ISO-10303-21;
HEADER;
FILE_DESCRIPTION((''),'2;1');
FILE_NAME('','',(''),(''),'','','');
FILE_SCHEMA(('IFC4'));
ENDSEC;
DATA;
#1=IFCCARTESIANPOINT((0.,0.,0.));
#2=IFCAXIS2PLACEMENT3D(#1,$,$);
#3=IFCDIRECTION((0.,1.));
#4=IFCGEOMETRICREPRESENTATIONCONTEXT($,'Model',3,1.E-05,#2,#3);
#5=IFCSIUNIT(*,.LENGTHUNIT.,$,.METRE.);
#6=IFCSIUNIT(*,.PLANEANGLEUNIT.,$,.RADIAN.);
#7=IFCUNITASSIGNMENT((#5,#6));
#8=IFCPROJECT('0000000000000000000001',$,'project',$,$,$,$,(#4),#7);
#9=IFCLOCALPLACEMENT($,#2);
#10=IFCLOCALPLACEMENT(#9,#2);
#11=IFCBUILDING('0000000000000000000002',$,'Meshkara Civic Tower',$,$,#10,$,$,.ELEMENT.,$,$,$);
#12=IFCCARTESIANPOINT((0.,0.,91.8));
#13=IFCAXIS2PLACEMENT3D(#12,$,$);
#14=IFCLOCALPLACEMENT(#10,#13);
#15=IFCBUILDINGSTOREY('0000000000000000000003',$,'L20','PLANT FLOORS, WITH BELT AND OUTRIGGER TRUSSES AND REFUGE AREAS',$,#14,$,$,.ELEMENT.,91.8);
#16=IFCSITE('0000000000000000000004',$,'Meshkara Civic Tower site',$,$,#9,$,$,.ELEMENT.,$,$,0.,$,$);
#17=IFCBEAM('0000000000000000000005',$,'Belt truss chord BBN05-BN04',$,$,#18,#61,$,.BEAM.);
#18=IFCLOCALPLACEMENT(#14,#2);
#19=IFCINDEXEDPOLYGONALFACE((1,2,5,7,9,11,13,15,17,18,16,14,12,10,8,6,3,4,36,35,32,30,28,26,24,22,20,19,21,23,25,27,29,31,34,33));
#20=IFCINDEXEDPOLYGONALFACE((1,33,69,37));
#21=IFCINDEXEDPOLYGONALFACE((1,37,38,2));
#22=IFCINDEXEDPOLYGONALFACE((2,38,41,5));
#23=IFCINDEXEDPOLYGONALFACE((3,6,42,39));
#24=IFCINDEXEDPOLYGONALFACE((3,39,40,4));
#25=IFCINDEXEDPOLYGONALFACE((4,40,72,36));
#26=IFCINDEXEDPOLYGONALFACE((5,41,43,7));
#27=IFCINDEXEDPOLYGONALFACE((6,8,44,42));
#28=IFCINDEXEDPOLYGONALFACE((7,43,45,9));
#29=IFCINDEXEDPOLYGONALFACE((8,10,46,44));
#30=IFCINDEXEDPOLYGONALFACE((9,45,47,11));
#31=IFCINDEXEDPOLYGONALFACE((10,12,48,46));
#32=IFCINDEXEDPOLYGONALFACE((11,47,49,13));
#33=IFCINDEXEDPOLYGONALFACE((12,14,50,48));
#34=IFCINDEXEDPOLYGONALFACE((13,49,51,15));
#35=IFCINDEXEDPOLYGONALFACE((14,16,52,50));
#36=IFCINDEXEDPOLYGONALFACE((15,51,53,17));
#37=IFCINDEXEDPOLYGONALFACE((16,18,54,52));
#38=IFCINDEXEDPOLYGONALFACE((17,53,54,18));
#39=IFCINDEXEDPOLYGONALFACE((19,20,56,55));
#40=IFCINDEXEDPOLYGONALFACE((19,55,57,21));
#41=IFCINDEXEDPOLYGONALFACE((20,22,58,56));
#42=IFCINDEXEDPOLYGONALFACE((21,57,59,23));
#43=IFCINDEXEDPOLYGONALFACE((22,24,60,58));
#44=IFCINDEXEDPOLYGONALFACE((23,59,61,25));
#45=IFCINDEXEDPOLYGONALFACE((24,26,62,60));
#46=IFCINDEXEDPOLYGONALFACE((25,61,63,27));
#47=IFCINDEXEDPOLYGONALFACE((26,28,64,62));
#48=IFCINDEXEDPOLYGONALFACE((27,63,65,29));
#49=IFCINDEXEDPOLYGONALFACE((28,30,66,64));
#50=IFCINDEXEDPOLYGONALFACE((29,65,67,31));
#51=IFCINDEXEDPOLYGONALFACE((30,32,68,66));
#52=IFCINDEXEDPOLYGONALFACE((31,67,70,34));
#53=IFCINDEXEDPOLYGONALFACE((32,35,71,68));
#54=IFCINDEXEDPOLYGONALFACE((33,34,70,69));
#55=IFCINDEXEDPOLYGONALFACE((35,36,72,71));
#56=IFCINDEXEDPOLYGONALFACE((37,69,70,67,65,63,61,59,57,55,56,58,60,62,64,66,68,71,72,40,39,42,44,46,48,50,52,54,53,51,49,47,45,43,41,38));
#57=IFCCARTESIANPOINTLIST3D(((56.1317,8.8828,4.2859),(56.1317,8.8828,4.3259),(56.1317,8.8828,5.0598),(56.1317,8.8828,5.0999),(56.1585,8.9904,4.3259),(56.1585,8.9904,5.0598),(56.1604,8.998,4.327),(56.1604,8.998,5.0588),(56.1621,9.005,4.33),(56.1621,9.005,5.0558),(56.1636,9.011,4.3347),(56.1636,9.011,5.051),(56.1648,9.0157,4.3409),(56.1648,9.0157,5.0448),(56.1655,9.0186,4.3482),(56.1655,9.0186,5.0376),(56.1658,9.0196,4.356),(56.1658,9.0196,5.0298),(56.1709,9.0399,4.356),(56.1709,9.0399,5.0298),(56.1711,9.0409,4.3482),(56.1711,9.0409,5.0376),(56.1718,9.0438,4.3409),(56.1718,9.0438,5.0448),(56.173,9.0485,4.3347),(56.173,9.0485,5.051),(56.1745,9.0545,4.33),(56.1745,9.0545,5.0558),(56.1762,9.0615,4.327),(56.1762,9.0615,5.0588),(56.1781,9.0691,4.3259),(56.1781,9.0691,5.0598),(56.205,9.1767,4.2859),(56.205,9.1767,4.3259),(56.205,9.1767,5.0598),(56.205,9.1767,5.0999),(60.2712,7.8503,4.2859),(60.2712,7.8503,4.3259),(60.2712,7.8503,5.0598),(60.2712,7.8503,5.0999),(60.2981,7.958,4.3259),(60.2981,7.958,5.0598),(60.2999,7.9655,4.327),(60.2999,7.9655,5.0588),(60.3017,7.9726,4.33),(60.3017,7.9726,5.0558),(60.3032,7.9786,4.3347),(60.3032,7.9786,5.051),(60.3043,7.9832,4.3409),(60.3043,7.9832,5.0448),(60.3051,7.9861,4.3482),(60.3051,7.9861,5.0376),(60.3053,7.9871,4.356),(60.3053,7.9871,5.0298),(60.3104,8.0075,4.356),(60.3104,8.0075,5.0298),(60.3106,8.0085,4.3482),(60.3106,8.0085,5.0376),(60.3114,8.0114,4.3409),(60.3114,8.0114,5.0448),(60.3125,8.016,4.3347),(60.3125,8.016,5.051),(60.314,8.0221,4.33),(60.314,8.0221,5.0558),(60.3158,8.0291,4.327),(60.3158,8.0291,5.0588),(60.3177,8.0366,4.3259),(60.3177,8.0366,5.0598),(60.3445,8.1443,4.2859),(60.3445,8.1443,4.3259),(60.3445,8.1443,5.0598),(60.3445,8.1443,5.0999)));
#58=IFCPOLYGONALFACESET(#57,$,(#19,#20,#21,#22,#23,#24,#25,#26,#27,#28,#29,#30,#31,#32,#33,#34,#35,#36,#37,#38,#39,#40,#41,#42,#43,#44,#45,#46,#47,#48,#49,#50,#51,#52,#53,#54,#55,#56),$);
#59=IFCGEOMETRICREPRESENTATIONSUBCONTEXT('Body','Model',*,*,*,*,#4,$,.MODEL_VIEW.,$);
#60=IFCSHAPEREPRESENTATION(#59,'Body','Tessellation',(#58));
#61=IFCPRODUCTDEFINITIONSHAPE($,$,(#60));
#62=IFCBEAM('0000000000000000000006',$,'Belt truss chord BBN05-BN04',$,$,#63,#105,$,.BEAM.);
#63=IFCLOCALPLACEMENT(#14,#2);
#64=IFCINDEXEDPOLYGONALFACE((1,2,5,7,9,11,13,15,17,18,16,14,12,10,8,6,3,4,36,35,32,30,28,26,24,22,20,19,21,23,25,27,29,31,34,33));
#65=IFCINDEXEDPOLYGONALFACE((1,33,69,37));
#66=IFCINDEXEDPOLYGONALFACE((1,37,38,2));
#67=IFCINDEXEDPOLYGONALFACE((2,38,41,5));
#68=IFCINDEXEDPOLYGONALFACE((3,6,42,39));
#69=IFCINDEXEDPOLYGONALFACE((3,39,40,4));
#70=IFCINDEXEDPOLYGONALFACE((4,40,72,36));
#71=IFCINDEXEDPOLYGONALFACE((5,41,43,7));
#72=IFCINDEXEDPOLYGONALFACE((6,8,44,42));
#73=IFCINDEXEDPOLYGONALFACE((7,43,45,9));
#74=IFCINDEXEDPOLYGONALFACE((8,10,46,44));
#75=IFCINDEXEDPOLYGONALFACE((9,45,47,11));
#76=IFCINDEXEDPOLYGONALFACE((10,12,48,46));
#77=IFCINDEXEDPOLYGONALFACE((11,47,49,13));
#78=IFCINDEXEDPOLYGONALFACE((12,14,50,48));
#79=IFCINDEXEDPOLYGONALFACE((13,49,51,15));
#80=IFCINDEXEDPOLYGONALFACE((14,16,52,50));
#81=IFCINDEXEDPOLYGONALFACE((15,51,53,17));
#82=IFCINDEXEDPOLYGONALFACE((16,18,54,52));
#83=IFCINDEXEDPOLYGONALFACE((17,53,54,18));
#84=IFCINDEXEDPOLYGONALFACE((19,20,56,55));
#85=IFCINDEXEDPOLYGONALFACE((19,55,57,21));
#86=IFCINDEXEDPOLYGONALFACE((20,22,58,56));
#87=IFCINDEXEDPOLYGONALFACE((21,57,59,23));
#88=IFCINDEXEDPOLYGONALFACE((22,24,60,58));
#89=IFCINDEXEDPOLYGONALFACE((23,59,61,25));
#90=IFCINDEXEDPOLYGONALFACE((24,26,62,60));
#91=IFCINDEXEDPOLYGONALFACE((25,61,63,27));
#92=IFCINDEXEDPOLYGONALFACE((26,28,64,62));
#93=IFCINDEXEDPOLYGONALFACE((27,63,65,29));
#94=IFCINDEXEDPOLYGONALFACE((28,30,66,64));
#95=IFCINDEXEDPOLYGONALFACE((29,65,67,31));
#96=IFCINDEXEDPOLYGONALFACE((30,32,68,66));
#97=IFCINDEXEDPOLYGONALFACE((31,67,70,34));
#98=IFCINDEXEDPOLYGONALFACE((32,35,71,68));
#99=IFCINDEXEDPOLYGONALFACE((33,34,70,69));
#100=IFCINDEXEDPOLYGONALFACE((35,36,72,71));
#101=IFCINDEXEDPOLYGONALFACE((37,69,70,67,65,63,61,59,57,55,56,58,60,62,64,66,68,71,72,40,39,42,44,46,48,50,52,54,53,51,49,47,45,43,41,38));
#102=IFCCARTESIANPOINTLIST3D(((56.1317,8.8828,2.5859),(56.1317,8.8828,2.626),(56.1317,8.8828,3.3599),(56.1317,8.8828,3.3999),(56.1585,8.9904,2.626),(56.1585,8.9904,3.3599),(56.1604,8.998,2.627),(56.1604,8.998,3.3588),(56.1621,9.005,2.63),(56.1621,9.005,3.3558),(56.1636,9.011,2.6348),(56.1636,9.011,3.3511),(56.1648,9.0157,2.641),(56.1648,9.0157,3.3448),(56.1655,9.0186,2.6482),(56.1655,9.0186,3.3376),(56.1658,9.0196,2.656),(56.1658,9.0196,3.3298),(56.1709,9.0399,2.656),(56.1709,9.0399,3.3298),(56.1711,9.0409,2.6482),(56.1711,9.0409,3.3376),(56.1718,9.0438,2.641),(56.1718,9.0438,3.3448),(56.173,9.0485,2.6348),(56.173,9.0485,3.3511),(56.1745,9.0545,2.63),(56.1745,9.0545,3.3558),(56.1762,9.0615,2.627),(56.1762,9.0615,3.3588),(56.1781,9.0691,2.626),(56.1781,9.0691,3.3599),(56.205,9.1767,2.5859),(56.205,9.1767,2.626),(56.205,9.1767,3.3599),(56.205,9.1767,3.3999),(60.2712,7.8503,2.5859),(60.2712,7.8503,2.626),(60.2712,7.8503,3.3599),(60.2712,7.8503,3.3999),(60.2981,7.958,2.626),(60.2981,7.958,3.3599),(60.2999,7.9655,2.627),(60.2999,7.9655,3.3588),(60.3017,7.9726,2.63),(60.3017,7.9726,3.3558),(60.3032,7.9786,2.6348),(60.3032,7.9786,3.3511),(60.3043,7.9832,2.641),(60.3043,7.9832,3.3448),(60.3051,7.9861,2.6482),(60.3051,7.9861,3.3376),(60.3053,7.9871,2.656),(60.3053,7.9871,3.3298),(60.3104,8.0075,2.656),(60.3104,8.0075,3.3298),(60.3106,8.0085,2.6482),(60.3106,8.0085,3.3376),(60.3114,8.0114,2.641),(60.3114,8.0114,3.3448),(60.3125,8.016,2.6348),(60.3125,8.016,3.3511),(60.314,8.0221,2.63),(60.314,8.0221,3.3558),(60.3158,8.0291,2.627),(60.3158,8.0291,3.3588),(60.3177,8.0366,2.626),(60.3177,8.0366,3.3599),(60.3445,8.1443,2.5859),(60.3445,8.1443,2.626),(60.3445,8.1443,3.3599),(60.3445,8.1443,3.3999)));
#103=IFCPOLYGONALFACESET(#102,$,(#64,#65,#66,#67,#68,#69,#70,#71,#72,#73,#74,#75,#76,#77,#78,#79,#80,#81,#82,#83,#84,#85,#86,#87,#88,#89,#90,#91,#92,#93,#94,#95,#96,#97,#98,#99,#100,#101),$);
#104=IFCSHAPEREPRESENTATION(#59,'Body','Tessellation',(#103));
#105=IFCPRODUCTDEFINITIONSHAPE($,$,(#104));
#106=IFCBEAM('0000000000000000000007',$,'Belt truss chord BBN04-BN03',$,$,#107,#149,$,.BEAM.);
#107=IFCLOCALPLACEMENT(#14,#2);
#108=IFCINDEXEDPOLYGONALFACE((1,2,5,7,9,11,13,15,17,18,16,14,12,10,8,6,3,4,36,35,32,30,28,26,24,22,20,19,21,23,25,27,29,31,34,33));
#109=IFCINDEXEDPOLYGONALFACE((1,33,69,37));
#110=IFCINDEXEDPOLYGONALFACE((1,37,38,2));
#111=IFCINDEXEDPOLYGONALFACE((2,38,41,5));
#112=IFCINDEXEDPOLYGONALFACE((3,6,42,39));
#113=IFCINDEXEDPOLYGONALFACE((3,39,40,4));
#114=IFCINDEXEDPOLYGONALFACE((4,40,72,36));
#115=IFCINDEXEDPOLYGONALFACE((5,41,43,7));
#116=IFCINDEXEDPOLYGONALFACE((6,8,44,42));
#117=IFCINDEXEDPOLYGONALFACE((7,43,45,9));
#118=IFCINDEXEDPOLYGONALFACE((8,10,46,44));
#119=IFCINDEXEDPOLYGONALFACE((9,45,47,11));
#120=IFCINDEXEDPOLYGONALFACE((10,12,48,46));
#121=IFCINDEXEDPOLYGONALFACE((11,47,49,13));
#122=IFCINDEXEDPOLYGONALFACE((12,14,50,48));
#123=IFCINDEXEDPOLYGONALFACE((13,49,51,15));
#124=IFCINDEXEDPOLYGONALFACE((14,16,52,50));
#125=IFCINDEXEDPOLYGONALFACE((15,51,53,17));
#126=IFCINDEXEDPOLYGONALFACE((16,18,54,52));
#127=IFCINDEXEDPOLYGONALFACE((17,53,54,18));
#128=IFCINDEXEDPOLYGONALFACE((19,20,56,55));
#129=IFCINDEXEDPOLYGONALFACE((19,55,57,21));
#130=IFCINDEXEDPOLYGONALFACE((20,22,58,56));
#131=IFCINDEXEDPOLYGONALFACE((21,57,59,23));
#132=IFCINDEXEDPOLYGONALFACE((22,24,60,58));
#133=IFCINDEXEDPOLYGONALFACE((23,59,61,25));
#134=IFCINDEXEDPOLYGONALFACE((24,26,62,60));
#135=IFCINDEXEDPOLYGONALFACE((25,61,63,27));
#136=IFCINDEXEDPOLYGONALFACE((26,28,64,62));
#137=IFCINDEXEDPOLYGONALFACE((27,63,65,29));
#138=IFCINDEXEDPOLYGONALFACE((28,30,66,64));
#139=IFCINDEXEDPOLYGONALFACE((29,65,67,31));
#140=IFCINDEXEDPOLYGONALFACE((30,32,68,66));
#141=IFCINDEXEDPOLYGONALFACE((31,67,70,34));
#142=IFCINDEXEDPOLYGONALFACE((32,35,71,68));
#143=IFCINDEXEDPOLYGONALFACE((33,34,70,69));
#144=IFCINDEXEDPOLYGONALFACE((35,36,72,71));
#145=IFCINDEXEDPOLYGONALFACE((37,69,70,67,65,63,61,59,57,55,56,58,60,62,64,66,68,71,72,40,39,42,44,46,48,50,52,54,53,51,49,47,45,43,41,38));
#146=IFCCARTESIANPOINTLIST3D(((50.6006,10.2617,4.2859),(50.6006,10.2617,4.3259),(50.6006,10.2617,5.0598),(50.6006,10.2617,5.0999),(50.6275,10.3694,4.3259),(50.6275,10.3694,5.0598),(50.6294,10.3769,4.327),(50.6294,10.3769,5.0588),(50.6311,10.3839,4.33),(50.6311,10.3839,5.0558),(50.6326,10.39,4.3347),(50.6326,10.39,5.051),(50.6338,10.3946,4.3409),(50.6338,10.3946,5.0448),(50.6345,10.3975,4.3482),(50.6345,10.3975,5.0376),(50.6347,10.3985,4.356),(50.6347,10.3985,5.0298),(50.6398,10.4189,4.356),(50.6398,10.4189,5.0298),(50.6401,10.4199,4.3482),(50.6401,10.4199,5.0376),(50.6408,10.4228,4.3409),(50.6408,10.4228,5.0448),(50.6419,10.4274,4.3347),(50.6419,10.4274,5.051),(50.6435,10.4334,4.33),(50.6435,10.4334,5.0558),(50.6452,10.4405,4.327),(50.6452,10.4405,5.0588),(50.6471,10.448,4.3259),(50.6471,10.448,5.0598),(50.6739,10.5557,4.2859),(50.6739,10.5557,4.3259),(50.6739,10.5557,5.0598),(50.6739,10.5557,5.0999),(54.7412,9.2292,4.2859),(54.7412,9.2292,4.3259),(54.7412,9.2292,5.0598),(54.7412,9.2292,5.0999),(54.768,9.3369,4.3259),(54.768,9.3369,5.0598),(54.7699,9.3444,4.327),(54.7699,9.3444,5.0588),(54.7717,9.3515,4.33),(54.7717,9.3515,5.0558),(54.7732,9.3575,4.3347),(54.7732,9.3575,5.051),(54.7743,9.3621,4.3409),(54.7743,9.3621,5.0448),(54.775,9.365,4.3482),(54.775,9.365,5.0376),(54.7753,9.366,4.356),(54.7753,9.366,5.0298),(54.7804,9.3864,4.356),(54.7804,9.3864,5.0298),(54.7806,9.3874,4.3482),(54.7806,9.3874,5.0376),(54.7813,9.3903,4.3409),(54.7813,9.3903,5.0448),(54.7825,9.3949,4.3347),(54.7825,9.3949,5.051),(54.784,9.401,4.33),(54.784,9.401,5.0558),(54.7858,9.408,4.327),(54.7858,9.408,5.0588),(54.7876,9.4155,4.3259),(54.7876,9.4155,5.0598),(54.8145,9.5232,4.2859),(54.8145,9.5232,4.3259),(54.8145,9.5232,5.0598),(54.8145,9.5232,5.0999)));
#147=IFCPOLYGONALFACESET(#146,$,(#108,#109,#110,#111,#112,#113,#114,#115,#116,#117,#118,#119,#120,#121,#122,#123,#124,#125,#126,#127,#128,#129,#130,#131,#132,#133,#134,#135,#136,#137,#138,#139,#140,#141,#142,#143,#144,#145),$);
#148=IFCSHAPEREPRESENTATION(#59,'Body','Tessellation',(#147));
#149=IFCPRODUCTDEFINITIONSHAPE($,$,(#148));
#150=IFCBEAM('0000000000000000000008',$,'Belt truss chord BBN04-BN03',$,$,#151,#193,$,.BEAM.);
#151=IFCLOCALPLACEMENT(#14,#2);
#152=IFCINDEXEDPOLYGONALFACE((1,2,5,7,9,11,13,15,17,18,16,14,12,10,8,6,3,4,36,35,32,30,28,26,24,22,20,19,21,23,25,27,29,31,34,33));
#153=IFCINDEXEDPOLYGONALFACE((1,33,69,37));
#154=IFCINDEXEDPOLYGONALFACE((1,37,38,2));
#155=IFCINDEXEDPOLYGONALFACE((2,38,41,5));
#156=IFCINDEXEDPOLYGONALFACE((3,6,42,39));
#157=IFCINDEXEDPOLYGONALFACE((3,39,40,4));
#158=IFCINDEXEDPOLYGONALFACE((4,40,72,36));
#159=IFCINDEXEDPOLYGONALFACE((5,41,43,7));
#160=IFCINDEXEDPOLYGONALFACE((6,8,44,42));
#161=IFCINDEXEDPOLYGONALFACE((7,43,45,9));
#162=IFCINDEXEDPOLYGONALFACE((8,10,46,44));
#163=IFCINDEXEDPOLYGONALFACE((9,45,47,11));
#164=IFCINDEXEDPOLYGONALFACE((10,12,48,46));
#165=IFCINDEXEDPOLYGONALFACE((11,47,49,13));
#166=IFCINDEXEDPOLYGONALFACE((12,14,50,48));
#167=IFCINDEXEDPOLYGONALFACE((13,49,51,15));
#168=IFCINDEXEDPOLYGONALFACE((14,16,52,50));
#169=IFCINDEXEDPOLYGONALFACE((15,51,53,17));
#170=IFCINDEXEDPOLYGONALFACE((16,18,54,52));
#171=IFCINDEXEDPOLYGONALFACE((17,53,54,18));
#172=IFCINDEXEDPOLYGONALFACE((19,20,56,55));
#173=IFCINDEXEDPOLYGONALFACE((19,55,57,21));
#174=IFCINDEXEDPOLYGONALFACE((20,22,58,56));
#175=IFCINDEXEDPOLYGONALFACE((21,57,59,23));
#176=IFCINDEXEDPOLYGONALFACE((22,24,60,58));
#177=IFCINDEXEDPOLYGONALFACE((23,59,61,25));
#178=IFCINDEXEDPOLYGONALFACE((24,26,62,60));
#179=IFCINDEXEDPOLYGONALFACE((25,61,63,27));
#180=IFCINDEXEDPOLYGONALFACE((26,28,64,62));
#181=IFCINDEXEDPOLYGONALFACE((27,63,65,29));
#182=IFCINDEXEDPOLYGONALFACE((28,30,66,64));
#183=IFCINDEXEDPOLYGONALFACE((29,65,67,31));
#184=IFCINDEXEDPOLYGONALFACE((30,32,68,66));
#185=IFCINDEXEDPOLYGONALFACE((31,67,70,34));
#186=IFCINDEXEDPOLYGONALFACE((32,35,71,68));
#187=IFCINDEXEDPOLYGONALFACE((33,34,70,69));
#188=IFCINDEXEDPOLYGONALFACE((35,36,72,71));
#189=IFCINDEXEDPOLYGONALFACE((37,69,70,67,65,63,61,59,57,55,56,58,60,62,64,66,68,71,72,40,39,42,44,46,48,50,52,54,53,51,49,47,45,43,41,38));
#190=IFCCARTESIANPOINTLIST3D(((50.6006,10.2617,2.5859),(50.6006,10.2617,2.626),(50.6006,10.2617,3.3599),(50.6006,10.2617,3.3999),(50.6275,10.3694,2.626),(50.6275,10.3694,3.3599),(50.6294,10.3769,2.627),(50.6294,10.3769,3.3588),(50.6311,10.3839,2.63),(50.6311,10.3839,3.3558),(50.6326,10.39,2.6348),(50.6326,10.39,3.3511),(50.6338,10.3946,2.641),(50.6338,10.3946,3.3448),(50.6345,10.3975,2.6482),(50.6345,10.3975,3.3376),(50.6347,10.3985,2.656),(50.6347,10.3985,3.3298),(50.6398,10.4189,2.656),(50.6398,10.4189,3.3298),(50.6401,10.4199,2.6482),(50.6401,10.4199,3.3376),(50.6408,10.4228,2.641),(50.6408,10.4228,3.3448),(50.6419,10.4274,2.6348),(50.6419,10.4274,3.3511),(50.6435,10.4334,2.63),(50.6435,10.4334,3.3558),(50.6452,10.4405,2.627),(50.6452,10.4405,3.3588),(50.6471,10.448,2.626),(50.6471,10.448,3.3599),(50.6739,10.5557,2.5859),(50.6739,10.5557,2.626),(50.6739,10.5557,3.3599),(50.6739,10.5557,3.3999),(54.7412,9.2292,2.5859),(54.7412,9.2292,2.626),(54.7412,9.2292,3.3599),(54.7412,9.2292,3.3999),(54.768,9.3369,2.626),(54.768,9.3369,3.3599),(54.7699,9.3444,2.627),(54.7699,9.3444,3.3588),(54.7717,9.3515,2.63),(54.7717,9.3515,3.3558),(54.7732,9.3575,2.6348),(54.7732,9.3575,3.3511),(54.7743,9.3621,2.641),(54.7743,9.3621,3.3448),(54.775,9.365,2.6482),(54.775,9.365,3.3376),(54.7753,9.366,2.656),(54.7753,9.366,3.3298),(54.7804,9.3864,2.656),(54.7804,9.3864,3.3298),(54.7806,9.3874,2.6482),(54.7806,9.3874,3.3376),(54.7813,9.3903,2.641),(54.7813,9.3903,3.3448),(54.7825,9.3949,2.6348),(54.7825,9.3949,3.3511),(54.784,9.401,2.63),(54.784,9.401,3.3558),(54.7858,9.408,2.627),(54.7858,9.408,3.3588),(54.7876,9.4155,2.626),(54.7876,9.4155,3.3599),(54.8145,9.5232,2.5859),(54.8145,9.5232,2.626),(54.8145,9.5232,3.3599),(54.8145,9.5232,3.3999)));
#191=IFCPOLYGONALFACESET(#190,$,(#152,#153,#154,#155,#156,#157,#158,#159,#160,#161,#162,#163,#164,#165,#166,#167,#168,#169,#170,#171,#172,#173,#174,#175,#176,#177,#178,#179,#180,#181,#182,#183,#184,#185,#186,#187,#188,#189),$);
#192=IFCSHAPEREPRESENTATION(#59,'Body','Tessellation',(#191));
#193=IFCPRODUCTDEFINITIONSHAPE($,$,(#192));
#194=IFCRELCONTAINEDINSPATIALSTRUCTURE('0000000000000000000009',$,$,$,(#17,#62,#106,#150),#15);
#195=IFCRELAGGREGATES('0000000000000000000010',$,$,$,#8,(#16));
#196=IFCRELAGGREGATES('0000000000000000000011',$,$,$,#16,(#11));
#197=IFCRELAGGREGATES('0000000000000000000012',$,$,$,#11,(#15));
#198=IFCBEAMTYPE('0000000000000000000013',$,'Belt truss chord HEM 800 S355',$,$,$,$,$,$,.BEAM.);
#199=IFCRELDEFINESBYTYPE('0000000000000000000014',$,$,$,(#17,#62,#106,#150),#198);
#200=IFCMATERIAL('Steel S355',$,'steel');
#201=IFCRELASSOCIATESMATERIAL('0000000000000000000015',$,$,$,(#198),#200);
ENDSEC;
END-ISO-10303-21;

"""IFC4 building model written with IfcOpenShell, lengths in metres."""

from ifc_helpers import new_model, si_unit, direction, frame, origin, origin_2d, place, context, subcontext, project, spatial, i_section, extrude, material, material_profile, profile_set, type_object, element, save


model = new_model("IFC4")

# Units and contexts
model_context = context("Model", 3, precision=1e-05, world=origin(), true_north=direction((0.0, 1.0)))
body_context = subcontext(model_context, "Body", "Model", "MODEL_VIEW")
ifc_project = project(units=[si_unit("LENGTHUNIT", "METRE"), si_unit("PLANEANGLEUNIT", "RADIAN")], contexts=[model_context])

# Site, building, storey
site_placement = place(None, origin())
site = spatial("IfcSite", under=ifc_project, at=site_placement, Name="Meshkara Civic Tower site", CompositionType="ELEMENT", RefElevation=0.0)
building_placement = place(site_placement, origin())
building = spatial("IfcBuilding", under=site, at=building_placement, Name="Meshkara Civic Tower", CompositionType="ELEMENT")
storey_placement = place(building_placement, frame((0.0, 0.0, 91.8)))
storey = spatial("IfcBuildingStorey", under=building, at=storey_placement, Name="L20", Description="PLANT FLOORS, WITH BELT AND OUTRIGGER TRUSSES AND REFUGE AREAS", CompositionType="ELEMENT", Elevation=91.8)

# Beams
ifc_material_1 = material(Name="Steel S355", Category="steel")
ifc_material_profile_1 = material_profile(ifc_material_1, i_section(OverallWidth=0.303, OverallDepth=0.814, WebThickness=0.021, FlangeThickness=0.04, FilletRadius=0.03, at=origin_2d()))
ifc_profile_set_1 = profile_set([ifc_material_profile_1], Name="Steel S355")
beam_type_1 = type_object("IfcBeamType", Name="Belt truss chord HEM 800 S355", PredefinedType="BEAM", material=ifc_profile_set_1)
for number, where, z_axis, x_axis, name in (
    (1, (60.3079, 7.9973, 4.6929), (-0.970277, 0.241997, 0.0), (-0.241997, -0.970277, 0.0), "Belt truss chord BBN05-BN04"),
    (2, (60.3079, 7.9973, 2.9929), (-0.970277, 0.241997, 0.0), (-0.241997, -0.970277, 0.0), "Belt truss chord BBN05-BN04"),
):
    element("IfcBeam", number, at=place(storey_placement, frame(where, z_axis=z_axis, x_axis=x_axis)), inside=storey, type_object=beam_type_1, Name=name, PredefinedType="BEAM", context=body_context, shape_type="SweptSolid", body=[
        extrude(i_section(OverallWidth=0.303, OverallDepth=0.814, WebThickness=0.021, FlangeThickness=0.04, FilletRadius=0.03, at=origin_2d()), origin(), (0.0, 0.0, 1.0), 4.2664),
    ])
for number, where, z_axis, x_axis, name in (
    (3, (54.7778, 9.3762, 4.6929), (-0.97029, 0.241943, 0.0), (-0.241943, -0.97029, 0.0), "Belt truss chord BBN04-BN03"),
    (4, (54.7778, 9.3762, 2.9929), (-0.97029, 0.241943, 0.0), (-0.241943, -0.97029, 0.0), "Belt truss chord BBN04-BN03"),
):
    element("IfcBeam", number, at=place(storey_placement, frame(where, z_axis=z_axis, x_axis=x_axis)), inside=storey, type_object=beam_type_1, Name=name, PredefinedType="BEAM", context=body_context, shape_type="SweptSolid", body=[
        extrude(i_section(OverallWidth=0.303, OverallDepth=0.814, WebThickness=0.021, FlangeThickness=0.04, FilletRadius=0.03, at=origin_2d()), origin(), (0.0, 0.0, 1.0), 4.2673),
    ])

save(model, "model.ifc")
